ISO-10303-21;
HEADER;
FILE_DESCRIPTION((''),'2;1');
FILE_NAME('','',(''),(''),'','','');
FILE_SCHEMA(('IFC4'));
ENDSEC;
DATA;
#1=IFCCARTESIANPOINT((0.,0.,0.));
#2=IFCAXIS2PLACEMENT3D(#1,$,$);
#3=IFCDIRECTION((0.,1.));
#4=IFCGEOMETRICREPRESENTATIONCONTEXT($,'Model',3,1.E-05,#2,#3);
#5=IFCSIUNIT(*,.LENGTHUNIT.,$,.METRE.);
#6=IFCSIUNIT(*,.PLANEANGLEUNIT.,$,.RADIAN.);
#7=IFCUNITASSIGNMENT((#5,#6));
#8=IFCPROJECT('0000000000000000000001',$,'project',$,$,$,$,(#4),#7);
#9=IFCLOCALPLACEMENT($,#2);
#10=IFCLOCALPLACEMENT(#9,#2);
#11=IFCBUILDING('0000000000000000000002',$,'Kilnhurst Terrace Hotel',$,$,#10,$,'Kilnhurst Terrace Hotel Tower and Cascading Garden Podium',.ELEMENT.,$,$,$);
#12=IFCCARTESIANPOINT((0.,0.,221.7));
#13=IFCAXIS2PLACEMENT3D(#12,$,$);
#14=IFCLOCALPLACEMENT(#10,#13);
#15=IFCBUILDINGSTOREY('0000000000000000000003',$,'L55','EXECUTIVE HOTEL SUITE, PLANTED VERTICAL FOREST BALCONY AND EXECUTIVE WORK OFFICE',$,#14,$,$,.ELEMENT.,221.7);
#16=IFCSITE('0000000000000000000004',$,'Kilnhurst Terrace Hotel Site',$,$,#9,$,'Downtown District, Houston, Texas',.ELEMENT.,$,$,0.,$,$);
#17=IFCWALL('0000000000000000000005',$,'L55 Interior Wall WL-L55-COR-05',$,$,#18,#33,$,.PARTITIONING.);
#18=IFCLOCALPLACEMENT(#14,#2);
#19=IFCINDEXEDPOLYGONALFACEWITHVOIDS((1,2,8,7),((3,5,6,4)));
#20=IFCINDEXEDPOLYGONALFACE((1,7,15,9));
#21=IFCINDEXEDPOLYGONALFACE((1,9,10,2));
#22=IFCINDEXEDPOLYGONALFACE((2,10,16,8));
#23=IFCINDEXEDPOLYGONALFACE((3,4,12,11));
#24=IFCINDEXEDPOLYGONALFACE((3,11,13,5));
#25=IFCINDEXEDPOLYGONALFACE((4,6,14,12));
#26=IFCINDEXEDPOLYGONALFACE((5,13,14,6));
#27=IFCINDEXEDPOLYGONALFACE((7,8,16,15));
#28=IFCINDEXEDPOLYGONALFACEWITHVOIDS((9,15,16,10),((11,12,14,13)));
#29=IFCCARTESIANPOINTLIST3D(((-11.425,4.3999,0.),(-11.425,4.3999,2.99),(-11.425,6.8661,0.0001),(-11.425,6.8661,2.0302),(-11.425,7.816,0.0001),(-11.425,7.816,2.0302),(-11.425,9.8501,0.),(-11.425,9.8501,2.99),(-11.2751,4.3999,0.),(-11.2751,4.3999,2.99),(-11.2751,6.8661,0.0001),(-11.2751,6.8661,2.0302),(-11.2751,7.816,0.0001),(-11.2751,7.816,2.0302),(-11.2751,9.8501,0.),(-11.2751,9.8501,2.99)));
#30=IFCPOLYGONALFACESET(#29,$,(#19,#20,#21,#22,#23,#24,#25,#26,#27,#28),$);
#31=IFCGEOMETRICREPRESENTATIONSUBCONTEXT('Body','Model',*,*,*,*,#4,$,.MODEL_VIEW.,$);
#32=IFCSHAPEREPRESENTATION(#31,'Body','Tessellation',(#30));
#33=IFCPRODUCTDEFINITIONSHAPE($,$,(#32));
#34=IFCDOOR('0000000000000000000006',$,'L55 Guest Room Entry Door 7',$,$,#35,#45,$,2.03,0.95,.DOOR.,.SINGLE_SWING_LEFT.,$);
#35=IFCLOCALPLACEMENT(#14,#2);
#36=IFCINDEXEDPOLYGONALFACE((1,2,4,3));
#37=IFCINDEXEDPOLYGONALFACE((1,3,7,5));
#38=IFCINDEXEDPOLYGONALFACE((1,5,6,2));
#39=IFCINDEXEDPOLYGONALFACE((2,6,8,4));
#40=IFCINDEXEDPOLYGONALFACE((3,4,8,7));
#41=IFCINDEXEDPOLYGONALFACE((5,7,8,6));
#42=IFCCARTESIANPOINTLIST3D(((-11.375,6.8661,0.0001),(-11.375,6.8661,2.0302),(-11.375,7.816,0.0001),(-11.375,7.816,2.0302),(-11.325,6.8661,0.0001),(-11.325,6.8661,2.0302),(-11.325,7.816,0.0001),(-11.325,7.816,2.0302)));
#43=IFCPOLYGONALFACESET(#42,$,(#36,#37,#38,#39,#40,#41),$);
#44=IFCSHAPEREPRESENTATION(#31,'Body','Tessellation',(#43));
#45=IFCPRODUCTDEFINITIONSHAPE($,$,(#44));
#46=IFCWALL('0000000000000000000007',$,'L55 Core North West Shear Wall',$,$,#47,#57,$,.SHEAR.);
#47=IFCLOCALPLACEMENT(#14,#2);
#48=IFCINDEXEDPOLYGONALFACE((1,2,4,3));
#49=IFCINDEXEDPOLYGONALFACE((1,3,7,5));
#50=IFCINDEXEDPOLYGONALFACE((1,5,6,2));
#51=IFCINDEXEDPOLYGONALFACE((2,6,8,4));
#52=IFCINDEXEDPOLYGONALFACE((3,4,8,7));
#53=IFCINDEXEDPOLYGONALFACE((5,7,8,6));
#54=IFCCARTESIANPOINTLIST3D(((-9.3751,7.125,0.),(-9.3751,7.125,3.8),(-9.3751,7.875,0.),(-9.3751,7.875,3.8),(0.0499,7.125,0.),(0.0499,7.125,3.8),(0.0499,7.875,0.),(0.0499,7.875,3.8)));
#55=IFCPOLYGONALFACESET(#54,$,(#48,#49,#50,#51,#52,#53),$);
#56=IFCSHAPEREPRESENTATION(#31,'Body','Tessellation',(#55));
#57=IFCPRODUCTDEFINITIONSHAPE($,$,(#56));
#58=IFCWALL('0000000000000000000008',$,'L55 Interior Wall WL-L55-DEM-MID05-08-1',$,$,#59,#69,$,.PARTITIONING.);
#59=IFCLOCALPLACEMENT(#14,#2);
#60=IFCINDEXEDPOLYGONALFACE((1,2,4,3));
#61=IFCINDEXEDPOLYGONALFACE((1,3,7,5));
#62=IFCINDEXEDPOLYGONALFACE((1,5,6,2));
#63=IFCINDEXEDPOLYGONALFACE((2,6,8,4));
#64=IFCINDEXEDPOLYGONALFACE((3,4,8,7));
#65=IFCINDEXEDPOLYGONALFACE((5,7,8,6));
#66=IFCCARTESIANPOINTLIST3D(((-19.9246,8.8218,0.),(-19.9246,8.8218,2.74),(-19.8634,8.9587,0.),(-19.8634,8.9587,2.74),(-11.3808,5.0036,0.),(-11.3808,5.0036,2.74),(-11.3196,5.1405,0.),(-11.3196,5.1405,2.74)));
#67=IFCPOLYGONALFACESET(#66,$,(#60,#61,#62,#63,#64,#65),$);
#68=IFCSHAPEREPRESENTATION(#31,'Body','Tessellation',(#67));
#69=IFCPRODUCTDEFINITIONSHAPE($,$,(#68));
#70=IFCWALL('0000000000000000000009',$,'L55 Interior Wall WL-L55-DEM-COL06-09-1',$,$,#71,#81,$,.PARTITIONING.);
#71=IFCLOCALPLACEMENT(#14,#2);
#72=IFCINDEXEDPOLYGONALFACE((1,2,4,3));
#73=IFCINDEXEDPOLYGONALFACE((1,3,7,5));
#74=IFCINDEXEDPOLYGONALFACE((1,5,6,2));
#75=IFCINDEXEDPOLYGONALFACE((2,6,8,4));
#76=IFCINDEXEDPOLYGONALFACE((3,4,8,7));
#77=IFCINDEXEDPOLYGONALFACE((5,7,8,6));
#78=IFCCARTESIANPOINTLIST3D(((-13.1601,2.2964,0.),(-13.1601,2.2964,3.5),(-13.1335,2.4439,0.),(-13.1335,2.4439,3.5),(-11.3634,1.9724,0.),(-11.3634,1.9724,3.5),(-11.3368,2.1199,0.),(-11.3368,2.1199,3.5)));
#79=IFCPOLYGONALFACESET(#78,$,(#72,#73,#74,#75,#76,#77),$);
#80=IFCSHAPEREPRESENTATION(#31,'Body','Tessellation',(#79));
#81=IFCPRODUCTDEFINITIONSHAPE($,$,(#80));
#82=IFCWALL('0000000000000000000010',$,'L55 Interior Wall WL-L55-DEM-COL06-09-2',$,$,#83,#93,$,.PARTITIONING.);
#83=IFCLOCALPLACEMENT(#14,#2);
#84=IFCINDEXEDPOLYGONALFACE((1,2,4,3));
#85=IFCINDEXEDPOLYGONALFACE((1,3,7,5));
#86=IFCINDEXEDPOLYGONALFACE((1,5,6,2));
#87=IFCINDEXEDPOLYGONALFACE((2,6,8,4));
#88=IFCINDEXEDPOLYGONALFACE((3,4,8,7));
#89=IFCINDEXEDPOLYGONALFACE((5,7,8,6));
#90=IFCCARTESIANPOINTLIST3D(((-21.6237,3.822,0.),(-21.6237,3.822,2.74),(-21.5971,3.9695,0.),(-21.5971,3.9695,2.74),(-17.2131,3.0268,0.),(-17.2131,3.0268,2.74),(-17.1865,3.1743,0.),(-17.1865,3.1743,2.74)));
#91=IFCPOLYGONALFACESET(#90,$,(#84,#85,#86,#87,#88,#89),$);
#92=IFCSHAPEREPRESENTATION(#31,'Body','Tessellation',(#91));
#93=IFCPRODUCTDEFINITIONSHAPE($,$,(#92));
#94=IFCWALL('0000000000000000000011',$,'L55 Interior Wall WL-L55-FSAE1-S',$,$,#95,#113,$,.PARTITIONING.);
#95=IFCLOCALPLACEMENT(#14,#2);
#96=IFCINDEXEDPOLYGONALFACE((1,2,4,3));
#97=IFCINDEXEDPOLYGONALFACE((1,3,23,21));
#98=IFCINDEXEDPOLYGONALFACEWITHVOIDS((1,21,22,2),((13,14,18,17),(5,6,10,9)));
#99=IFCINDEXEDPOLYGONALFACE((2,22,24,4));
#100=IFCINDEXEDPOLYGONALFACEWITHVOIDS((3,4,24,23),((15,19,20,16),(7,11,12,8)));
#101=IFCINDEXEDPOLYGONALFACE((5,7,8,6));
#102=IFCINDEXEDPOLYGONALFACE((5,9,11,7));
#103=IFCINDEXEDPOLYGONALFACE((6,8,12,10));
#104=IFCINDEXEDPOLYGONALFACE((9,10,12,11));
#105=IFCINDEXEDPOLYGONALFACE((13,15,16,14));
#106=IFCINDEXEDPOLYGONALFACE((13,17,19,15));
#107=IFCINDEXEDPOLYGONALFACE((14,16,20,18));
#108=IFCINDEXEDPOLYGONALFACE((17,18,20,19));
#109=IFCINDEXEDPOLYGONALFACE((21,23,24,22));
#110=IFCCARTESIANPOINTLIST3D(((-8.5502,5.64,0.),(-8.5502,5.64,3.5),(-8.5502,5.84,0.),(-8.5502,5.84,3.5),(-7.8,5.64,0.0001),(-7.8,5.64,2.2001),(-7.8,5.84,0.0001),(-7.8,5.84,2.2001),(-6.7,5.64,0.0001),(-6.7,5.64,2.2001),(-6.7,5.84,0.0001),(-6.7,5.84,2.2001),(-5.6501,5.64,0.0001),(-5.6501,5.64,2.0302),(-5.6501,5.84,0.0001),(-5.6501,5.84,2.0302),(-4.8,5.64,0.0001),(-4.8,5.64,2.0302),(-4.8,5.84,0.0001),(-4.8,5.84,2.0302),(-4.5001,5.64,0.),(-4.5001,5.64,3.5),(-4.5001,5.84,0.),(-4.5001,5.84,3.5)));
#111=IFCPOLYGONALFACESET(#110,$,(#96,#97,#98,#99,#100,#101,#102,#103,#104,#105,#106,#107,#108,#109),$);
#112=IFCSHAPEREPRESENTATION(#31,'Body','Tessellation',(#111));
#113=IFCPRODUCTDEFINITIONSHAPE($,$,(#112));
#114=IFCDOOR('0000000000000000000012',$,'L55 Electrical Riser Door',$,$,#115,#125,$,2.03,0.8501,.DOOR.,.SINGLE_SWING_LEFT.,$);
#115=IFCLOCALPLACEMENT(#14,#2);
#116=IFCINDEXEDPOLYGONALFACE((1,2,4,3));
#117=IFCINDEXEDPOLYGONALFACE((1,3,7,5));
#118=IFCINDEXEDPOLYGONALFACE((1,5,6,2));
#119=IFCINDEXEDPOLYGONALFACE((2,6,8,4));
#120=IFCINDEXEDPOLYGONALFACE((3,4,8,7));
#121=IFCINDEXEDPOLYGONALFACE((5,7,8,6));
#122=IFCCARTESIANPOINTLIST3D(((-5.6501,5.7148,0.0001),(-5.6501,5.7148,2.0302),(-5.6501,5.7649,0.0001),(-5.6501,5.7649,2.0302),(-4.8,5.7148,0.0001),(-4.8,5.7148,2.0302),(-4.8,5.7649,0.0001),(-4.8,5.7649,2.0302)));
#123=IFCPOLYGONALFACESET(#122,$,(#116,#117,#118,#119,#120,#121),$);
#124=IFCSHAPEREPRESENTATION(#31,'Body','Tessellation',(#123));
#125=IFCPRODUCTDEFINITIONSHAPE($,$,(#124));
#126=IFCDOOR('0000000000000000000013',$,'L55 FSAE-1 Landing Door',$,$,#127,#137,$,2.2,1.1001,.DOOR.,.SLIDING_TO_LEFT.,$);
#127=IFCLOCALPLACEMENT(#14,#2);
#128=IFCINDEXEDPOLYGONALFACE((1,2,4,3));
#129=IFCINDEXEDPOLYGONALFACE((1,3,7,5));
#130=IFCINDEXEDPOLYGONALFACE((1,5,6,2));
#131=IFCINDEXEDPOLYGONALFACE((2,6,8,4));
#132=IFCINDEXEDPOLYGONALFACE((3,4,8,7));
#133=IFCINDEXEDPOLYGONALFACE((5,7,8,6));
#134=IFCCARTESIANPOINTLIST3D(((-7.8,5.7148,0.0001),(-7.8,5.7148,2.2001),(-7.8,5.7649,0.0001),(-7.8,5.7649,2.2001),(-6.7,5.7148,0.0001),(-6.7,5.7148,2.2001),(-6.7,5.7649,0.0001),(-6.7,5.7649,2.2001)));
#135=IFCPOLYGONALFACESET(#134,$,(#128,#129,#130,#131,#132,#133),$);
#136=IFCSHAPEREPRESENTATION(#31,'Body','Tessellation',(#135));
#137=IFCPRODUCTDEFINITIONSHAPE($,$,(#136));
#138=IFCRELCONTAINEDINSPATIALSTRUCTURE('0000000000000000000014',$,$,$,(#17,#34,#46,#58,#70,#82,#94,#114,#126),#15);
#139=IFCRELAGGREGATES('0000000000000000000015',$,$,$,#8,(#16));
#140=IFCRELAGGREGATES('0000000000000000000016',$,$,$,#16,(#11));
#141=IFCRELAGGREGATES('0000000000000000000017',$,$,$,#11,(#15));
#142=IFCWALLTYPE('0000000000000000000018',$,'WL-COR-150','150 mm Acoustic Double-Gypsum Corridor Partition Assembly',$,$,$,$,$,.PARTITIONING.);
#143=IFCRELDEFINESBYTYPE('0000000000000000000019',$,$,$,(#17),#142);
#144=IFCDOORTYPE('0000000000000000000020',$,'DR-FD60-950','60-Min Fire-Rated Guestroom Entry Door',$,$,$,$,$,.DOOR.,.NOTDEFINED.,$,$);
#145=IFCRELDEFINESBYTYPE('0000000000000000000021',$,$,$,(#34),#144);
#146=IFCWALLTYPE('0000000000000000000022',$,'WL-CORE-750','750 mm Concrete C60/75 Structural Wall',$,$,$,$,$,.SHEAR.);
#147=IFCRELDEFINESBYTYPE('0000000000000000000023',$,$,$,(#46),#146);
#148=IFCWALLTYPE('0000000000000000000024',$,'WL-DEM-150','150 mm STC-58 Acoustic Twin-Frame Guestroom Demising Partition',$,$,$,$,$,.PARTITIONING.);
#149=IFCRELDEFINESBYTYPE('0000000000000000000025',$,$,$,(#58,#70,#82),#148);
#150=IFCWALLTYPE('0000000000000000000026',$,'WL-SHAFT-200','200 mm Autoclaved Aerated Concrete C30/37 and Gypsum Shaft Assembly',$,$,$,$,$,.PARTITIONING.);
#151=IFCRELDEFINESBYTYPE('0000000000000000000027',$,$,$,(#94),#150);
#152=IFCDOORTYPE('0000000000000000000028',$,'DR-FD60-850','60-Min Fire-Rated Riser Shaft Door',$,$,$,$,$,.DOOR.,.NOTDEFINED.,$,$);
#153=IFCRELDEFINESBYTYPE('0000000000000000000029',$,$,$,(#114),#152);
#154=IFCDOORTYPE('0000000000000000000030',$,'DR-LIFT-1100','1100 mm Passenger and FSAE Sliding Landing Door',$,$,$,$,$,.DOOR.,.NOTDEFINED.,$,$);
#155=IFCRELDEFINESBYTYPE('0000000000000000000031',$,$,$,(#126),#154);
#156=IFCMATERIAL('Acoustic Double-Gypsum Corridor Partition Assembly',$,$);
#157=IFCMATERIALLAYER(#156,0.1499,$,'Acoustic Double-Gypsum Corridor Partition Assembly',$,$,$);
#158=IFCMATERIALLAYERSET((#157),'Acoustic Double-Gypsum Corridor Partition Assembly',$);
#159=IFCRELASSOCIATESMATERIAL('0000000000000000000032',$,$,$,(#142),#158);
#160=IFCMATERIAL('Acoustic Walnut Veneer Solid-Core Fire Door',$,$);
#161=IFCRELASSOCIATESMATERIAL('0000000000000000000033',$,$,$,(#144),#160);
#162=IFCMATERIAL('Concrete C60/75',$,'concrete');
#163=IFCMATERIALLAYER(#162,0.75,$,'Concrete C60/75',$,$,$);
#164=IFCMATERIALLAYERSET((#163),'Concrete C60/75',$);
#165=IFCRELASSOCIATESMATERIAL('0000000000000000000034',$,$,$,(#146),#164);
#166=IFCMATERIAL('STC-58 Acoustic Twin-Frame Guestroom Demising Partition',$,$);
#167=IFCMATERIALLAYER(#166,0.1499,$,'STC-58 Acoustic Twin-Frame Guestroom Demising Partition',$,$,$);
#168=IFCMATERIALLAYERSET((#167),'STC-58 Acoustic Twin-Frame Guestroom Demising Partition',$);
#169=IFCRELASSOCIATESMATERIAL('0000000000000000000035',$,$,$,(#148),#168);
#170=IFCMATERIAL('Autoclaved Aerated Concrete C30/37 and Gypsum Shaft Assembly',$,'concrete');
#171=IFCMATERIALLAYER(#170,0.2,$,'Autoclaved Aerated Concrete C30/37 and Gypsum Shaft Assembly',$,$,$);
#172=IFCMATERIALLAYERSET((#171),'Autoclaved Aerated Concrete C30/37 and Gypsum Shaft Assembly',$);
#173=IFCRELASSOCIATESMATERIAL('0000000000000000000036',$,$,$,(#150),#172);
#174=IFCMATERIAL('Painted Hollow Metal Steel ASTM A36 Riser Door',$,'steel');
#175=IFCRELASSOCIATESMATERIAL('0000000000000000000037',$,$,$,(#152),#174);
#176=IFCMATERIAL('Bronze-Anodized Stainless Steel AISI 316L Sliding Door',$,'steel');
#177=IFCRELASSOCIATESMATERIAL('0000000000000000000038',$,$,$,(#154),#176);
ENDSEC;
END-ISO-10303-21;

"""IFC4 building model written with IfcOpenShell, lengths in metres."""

from ifc_helpers import new_model, si_unit, direction, frame, frame_2d, origin, place, context, subcontext, project, spatial, rectangle, extrude, material, layer, layer_set, type_object, element, fill, save


model = new_model("IFC4")

# Units and contexts
model_context = context("Model", 3, precision=1e-05, world=origin(), true_north=direction((0.0, 1.0)))
body_context = subcontext(model_context, "Body", "Model", "MODEL_VIEW")
ifc_project = project(units=[si_unit("LENGTHUNIT", "METRE"), si_unit("PLANEANGLEUNIT", "RADIAN")], contexts=[model_context])

# Site, building, storey
site_placement = place(None, origin())
site = spatial("IfcSite", under=ifc_project, at=site_placement, Name="Kilnhurst Terrace Hotel Site", LongName="Downtown District, Houston, Texas", CompositionType="ELEMENT", RefElevation=0.0)
building_placement = place(site_placement, origin())
building = spatial("IfcBuilding", under=site, at=building_placement, Name="Kilnhurst Terrace Hotel", LongName="Kilnhurst Terrace Hotel Tower and Cascading Garden Podium", CompositionType="ELEMENT")
storey_placement = place(building_placement, frame((0.0, 0.0, 221.7)))
storey = spatial("IfcBuildingStorey", under=building, at=storey_placement, Name="L55", Description="EXECUTIVE HOTEL SUITE, PLANTED VERTICAL FOREST BALCONY AND EXECUTIVE WORK OFFICE", CompositionType="ELEMENT", Elevation=221.7)

# Shared definitions
ifc_material_1 = material(Name="Concrete C60/75", Category="concrete")

# Shared definitions
ifc_material_2 = material(Name="Acoustic Double-Gypsum Corridor Partition Assembly")
ifc_layer_1 = layer(ifc_material_2, 0.1499, Name="Acoustic Double-Gypsum Corridor Partition Assembly")
ifc_layer_set_1 = layer_set([ifc_layer_1], Name="Acoustic Double-Gypsum Corridor Partition Assembly")
wall_type_1 = type_object("IfcWallType", Name="WL-COR-150", Description="150 mm Acoustic Double-Gypsum Corridor Partition Assembly", PredefinedType="PARTITIONING", material=ifc_layer_set_1)

# Wall, opening, door
wall_1_placement = place(storey_placement, frame((-11.3501, 4.3999, 0.0), z_axis=(0.0, 0.0, 1.0), x_axis=(0.0, 1.0, 0.0)))
wall_1 = element("IfcWall", 1, at=wall_1_placement, inside=storey, type_object=wall_type_1, Name="L55 Interior Wall WL-L55-COR-05", PredefinedType="PARTITIONING", context=body_context, shape_type="SweptSolid", body=[
    extrude(rectangle(XDim=5.4502, YDim=0.1499, at=frame_2d((2.7251, 0.0))), origin(), (0.0, 0.0, 1.0), 2.99),
])
opening_1_placement = place(wall_1_placement, frame((2.4661, 0.0, 0.0)))
opening_1 = element("IfcOpeningElement", 2, at=opening_1_placement, cuts=wall_1, PredefinedType="OPENING", context=body_context, shape_type="SweptSolid", body=[
    extrude(rectangle(XDim=0.95, YDim=2.03, at=frame_2d((0.4751, 1.0151))), frame((0.0, 0.085, 0.0), z_axis=(0.0, -1.0, 0.0), x_axis=(1.0, 0.0, 0.0)), (0.0, 0.0, 1.0), 0.1699),
])
ifc_material_3 = material(Name="Acoustic Walnut Veneer Solid-Core Fire Door")
door_type_1 = type_object("IfcDoorType", Name="DR-FD60-950", Description="60-Min Fire-Rated Guestroom Entry Door", OperationType="NOTDEFINED", PredefinedType="DOOR", material=ifc_material_3)
door_1_placement = place(opening_1_placement, origin())
door_1 = element("IfcDoor", 3, at=door_1_placement, inside=storey, type_object=door_type_1, Name="L55 Guest Room Entry Door 7", OperationType="SINGLE_SWING_LEFT", OverallHeight=2.03, OverallWidth=0.95, PredefinedType="DOOR", context=body_context, shape_type="SweptSolid", body=[
    extrude(rectangle(XDim=0.95, YDim=2.03, at=frame_2d((0.4751, 1.0151))), frame((0.0, 0.0249, 0.0), z_axis=(0.0, -1.0, 0.0), x_axis=(1.0, 0.0, 0.0)), (0.0, 0.0, 1.0), 0.05),
])
fill(opening_1, door_1)

# Walls
ifc_layer_2 = layer(ifc_material_1, 0.75, Name="Concrete C60/75")
ifc_layer_set_2 = layer_set([ifc_layer_2], Name="Concrete C60/75")
wall_type_2 = type_object("IfcWallType", Name="WL-CORE-750", Description="750 mm Concrete C60/75 Structural Wall", PredefinedType="SHEAR", material=ifc_layer_set_2)
wall_2_placement = place(storey_placement, frame((-9.375, 7.5, 0.0), z_axis=(0.0, 0.0, 1.0), x_axis=(1.0, 0.0, 0.0)))
element("IfcWall", 4, at=wall_2_placement, inside=storey, type_object=wall_type_2, Name="L55 Core North West Shear Wall", PredefinedType="SHEAR", context=body_context, shape_type="SweptSolid", body=[
    extrude(rectangle(XDim=9.425, YDim=0.75, at=frame_2d((4.7124, 0.0))), origin(), (0.0, 0.0, 1.0), 3.8),
])
ifc_material_4 = material(Name="STC-58 Acoustic Twin-Frame Guestroom Demising Partition")
ifc_layer_3 = layer(ifc_material_4, 0.1499, Name="STC-58 Acoustic Twin-Frame Guestroom Demising Partition")
ifc_layer_set_3 = layer_set([ifc_layer_3], Name="STC-58 Acoustic Twin-Frame Guestroom Demising Partition")
wall_type_3 = type_object("IfcWallType", Name="WL-DEM-150", Description="150 mm STC-58 Acoustic Twin-Frame Guestroom Demising Partition", PredefinedType="PARTITIONING", material=ifc_layer_set_3)
wall_3_placement = place(storey_placement, frame((-11.3501, 5.072, 0.0), z_axis=(0.0, 0.0, 1.0), x_axis=(-0.91298, 0.408004, 0.0)))
element("IfcWall", 5, at=wall_3_placement, inside=storey, type_object=wall_type_3, Name="L55 Interior Wall WL-L55-DEM-MID05-08-1", PredefinedType="PARTITIONING", context=body_context, shape_type="SweptSolid", body=[
    extrude(rectangle(XDim=9.3582, YDim=0.1499, at=frame_2d((4.6792, 0.0))), origin(), (0.0, 0.0, 1.0), 2.74),
])
wall_4_placement = place(storey_placement, frame((-11.3501, 2.0461, 0.0), z_axis=(0.0, 0.0, 1.0), x_axis=(-0.984128, 0.177461, 0.0)))
element("IfcWall", 6, at=wall_4_placement, inside=storey, type_object=wall_type_3, Name="L55 Interior Wall WL-L55-DEM-COL06-09-1", PredefinedType="PARTITIONING", context=body_context, shape_type="SweptSolid", body=[
    extrude(rectangle(XDim=1.8257, YDim=0.1499, at=frame_2d((0.9128, 0.0))), origin(), (0.0, 0.0, 1.0), 3.5),
])
wall_5_placement = place(storey_placement, frame((-17.2, 3.1006, 0.0), z_axis=(0.0, 0.0, 1.0), x_axis=(-0.984135, 0.177423, 0.0)))
element("IfcWall", 7, at=wall_5_placement, inside=storey, type_object=wall_type_3, Name="L55 Interior Wall WL-L55-DEM-COL06-09-2", PredefinedType="PARTITIONING", context=body_context, shape_type="SweptSolid", body=[
    extrude(rectangle(XDim=4.4817, YDim=0.1499, at=frame_2d((2.2407, 0.0))), origin(), (0.0, 0.0, 1.0), 2.74),
])

# Wall, openings, doors
ifc_material_5 = material(Name="Autoclaved Aerated Concrete C30/37 and Gypsum Shaft Assembly", Category="concrete")
ifc_layer_4 = layer(ifc_material_5, 0.2, Name="Autoclaved Aerated Concrete C30/37 and Gypsum Shaft Assembly")
ifc_layer_set_4 = layer_set([ifc_layer_4], Name="Autoclaved Aerated Concrete C30/37 and Gypsum Shaft Assembly")
wall_type_4 = type_object("IfcWallType", Name="WL-SHAFT-200", Description="200 mm Autoclaved Aerated Concrete C30/37 and Gypsum Shaft Assembly", PredefinedType="PARTITIONING", material=ifc_layer_set_4)
wall_6_placement = place(storey_placement, frame((-8.55, 5.74, 0.0), z_axis=(0.0, 0.0, 1.0), x_axis=(1.0, 0.0, 0.0)))
wall_6 = element("IfcWall", 8, at=wall_6_placement, inside=storey, type_object=wall_type_4, Name="L55 Interior Wall WL-L55-FSAE1-S", PredefinedType="PARTITIONING", context=body_context, shape_type="SweptSolid", body=[
    extrude(rectangle(XDim=4.05, YDim=0.2, at=frame_2d((2.0249, 0.0))), origin(), (0.0, 0.0, 1.0), 3.5),
])
opening_2_placement = place(wall_6_placement, frame((0.75, 0.0, 0.0)))
opening_2 = element("IfcOpeningElement", 9, at=opening_2_placement, cuts=wall_6, PredefinedType="OPENING", context=body_context, shape_type="SweptSolid", body=[
    extrude(rectangle(XDim=1.1001, YDim=2.2, at=frame_2d((0.55, 1.1001))), frame((0.0, 0.1099, 0.0), z_axis=(0.0, -1.0, 0.0), x_axis=(1.0, 0.0, 0.0)), (0.0, 0.0, 1.0), 0.22),
])
opening_3_placement = place(wall_6_placement, frame((2.8999, 0.0, 0.0)))
opening_3 = element("IfcOpeningElement", 10, at=opening_3_placement, cuts=wall_6, PredefinedType="OPENING", context=body_context, shape_type="SweptSolid", body=[
    extrude(rectangle(XDim=0.8501, YDim=2.03, at=frame_2d((0.425, 1.0151))), frame((0.0, 0.1099, 0.0), z_axis=(0.0, -1.0, 0.0), x_axis=(1.0, 0.0, 0.0)), (0.0, 0.0, 1.0), 0.22),
])
ifc_material_6 = material(Name="Painted Hollow Metal Steel ASTM A36 Riser Door", Category="steel")
door_type_2 = type_object("IfcDoorType", Name="DR-FD60-850", Description="60-Min Fire-Rated Riser Shaft Door", OperationType="NOTDEFINED", PredefinedType="DOOR", material=ifc_material_6)
door_2_placement = place(opening_3_placement, origin())
door_2 = element("IfcDoor", 11, at=door_2_placement, inside=storey, type_object=door_type_2, Name="L55 Electrical Riser Door", OperationType="SINGLE_SWING_LEFT", OverallHeight=2.03, OverallWidth=0.8501, PredefinedType="DOOR", context=body_context, shape_type="SweptSolid", body=[
    extrude(rectangle(XDim=0.8501, YDim=2.03, at=frame_2d((0.425, 1.0151))), frame((0.0, 0.0249, 0.0), z_axis=(0.0, -1.0, 0.0), x_axis=(1.0, 0.0, 0.0)), (0.0, 0.0, 1.0), 0.05),
])
fill(opening_3, door_2)
ifc_material_7 = material(Name="Bronze-Anodized Stainless Steel AISI 316L Sliding Door", Category="steel")
door_type_3 = type_object("IfcDoorType", Name="DR-LIFT-1100", Description="1100 mm Passenger and FSAE Sliding Landing Door", OperationType="NOTDEFINED", PredefinedType="DOOR", material=ifc_material_7)
door_3_placement = place(opening_2_placement, origin())
door_3 = element("IfcDoor", 12, at=door_3_placement, inside=storey, type_object=door_type_3, Name="L55 FSAE-1 Landing Door", OperationType="SLIDING_TO_LEFT", OverallHeight=2.2, OverallWidth=1.1001, PredefinedType="DOOR", context=body_context, shape_type="SweptSolid", body=[
    extrude(rectangle(XDim=1.1001, YDim=2.2, at=frame_2d((0.55, 1.1001))), frame((0.0, 0.0249, 0.0), z_axis=(0.0, -1.0, 0.0), x_axis=(1.0, 0.0, 0.0)), (0.0, 0.0, 1.0), 0.05),
])
fill(opening_2, door_3)

save(model, "model.ifc")
